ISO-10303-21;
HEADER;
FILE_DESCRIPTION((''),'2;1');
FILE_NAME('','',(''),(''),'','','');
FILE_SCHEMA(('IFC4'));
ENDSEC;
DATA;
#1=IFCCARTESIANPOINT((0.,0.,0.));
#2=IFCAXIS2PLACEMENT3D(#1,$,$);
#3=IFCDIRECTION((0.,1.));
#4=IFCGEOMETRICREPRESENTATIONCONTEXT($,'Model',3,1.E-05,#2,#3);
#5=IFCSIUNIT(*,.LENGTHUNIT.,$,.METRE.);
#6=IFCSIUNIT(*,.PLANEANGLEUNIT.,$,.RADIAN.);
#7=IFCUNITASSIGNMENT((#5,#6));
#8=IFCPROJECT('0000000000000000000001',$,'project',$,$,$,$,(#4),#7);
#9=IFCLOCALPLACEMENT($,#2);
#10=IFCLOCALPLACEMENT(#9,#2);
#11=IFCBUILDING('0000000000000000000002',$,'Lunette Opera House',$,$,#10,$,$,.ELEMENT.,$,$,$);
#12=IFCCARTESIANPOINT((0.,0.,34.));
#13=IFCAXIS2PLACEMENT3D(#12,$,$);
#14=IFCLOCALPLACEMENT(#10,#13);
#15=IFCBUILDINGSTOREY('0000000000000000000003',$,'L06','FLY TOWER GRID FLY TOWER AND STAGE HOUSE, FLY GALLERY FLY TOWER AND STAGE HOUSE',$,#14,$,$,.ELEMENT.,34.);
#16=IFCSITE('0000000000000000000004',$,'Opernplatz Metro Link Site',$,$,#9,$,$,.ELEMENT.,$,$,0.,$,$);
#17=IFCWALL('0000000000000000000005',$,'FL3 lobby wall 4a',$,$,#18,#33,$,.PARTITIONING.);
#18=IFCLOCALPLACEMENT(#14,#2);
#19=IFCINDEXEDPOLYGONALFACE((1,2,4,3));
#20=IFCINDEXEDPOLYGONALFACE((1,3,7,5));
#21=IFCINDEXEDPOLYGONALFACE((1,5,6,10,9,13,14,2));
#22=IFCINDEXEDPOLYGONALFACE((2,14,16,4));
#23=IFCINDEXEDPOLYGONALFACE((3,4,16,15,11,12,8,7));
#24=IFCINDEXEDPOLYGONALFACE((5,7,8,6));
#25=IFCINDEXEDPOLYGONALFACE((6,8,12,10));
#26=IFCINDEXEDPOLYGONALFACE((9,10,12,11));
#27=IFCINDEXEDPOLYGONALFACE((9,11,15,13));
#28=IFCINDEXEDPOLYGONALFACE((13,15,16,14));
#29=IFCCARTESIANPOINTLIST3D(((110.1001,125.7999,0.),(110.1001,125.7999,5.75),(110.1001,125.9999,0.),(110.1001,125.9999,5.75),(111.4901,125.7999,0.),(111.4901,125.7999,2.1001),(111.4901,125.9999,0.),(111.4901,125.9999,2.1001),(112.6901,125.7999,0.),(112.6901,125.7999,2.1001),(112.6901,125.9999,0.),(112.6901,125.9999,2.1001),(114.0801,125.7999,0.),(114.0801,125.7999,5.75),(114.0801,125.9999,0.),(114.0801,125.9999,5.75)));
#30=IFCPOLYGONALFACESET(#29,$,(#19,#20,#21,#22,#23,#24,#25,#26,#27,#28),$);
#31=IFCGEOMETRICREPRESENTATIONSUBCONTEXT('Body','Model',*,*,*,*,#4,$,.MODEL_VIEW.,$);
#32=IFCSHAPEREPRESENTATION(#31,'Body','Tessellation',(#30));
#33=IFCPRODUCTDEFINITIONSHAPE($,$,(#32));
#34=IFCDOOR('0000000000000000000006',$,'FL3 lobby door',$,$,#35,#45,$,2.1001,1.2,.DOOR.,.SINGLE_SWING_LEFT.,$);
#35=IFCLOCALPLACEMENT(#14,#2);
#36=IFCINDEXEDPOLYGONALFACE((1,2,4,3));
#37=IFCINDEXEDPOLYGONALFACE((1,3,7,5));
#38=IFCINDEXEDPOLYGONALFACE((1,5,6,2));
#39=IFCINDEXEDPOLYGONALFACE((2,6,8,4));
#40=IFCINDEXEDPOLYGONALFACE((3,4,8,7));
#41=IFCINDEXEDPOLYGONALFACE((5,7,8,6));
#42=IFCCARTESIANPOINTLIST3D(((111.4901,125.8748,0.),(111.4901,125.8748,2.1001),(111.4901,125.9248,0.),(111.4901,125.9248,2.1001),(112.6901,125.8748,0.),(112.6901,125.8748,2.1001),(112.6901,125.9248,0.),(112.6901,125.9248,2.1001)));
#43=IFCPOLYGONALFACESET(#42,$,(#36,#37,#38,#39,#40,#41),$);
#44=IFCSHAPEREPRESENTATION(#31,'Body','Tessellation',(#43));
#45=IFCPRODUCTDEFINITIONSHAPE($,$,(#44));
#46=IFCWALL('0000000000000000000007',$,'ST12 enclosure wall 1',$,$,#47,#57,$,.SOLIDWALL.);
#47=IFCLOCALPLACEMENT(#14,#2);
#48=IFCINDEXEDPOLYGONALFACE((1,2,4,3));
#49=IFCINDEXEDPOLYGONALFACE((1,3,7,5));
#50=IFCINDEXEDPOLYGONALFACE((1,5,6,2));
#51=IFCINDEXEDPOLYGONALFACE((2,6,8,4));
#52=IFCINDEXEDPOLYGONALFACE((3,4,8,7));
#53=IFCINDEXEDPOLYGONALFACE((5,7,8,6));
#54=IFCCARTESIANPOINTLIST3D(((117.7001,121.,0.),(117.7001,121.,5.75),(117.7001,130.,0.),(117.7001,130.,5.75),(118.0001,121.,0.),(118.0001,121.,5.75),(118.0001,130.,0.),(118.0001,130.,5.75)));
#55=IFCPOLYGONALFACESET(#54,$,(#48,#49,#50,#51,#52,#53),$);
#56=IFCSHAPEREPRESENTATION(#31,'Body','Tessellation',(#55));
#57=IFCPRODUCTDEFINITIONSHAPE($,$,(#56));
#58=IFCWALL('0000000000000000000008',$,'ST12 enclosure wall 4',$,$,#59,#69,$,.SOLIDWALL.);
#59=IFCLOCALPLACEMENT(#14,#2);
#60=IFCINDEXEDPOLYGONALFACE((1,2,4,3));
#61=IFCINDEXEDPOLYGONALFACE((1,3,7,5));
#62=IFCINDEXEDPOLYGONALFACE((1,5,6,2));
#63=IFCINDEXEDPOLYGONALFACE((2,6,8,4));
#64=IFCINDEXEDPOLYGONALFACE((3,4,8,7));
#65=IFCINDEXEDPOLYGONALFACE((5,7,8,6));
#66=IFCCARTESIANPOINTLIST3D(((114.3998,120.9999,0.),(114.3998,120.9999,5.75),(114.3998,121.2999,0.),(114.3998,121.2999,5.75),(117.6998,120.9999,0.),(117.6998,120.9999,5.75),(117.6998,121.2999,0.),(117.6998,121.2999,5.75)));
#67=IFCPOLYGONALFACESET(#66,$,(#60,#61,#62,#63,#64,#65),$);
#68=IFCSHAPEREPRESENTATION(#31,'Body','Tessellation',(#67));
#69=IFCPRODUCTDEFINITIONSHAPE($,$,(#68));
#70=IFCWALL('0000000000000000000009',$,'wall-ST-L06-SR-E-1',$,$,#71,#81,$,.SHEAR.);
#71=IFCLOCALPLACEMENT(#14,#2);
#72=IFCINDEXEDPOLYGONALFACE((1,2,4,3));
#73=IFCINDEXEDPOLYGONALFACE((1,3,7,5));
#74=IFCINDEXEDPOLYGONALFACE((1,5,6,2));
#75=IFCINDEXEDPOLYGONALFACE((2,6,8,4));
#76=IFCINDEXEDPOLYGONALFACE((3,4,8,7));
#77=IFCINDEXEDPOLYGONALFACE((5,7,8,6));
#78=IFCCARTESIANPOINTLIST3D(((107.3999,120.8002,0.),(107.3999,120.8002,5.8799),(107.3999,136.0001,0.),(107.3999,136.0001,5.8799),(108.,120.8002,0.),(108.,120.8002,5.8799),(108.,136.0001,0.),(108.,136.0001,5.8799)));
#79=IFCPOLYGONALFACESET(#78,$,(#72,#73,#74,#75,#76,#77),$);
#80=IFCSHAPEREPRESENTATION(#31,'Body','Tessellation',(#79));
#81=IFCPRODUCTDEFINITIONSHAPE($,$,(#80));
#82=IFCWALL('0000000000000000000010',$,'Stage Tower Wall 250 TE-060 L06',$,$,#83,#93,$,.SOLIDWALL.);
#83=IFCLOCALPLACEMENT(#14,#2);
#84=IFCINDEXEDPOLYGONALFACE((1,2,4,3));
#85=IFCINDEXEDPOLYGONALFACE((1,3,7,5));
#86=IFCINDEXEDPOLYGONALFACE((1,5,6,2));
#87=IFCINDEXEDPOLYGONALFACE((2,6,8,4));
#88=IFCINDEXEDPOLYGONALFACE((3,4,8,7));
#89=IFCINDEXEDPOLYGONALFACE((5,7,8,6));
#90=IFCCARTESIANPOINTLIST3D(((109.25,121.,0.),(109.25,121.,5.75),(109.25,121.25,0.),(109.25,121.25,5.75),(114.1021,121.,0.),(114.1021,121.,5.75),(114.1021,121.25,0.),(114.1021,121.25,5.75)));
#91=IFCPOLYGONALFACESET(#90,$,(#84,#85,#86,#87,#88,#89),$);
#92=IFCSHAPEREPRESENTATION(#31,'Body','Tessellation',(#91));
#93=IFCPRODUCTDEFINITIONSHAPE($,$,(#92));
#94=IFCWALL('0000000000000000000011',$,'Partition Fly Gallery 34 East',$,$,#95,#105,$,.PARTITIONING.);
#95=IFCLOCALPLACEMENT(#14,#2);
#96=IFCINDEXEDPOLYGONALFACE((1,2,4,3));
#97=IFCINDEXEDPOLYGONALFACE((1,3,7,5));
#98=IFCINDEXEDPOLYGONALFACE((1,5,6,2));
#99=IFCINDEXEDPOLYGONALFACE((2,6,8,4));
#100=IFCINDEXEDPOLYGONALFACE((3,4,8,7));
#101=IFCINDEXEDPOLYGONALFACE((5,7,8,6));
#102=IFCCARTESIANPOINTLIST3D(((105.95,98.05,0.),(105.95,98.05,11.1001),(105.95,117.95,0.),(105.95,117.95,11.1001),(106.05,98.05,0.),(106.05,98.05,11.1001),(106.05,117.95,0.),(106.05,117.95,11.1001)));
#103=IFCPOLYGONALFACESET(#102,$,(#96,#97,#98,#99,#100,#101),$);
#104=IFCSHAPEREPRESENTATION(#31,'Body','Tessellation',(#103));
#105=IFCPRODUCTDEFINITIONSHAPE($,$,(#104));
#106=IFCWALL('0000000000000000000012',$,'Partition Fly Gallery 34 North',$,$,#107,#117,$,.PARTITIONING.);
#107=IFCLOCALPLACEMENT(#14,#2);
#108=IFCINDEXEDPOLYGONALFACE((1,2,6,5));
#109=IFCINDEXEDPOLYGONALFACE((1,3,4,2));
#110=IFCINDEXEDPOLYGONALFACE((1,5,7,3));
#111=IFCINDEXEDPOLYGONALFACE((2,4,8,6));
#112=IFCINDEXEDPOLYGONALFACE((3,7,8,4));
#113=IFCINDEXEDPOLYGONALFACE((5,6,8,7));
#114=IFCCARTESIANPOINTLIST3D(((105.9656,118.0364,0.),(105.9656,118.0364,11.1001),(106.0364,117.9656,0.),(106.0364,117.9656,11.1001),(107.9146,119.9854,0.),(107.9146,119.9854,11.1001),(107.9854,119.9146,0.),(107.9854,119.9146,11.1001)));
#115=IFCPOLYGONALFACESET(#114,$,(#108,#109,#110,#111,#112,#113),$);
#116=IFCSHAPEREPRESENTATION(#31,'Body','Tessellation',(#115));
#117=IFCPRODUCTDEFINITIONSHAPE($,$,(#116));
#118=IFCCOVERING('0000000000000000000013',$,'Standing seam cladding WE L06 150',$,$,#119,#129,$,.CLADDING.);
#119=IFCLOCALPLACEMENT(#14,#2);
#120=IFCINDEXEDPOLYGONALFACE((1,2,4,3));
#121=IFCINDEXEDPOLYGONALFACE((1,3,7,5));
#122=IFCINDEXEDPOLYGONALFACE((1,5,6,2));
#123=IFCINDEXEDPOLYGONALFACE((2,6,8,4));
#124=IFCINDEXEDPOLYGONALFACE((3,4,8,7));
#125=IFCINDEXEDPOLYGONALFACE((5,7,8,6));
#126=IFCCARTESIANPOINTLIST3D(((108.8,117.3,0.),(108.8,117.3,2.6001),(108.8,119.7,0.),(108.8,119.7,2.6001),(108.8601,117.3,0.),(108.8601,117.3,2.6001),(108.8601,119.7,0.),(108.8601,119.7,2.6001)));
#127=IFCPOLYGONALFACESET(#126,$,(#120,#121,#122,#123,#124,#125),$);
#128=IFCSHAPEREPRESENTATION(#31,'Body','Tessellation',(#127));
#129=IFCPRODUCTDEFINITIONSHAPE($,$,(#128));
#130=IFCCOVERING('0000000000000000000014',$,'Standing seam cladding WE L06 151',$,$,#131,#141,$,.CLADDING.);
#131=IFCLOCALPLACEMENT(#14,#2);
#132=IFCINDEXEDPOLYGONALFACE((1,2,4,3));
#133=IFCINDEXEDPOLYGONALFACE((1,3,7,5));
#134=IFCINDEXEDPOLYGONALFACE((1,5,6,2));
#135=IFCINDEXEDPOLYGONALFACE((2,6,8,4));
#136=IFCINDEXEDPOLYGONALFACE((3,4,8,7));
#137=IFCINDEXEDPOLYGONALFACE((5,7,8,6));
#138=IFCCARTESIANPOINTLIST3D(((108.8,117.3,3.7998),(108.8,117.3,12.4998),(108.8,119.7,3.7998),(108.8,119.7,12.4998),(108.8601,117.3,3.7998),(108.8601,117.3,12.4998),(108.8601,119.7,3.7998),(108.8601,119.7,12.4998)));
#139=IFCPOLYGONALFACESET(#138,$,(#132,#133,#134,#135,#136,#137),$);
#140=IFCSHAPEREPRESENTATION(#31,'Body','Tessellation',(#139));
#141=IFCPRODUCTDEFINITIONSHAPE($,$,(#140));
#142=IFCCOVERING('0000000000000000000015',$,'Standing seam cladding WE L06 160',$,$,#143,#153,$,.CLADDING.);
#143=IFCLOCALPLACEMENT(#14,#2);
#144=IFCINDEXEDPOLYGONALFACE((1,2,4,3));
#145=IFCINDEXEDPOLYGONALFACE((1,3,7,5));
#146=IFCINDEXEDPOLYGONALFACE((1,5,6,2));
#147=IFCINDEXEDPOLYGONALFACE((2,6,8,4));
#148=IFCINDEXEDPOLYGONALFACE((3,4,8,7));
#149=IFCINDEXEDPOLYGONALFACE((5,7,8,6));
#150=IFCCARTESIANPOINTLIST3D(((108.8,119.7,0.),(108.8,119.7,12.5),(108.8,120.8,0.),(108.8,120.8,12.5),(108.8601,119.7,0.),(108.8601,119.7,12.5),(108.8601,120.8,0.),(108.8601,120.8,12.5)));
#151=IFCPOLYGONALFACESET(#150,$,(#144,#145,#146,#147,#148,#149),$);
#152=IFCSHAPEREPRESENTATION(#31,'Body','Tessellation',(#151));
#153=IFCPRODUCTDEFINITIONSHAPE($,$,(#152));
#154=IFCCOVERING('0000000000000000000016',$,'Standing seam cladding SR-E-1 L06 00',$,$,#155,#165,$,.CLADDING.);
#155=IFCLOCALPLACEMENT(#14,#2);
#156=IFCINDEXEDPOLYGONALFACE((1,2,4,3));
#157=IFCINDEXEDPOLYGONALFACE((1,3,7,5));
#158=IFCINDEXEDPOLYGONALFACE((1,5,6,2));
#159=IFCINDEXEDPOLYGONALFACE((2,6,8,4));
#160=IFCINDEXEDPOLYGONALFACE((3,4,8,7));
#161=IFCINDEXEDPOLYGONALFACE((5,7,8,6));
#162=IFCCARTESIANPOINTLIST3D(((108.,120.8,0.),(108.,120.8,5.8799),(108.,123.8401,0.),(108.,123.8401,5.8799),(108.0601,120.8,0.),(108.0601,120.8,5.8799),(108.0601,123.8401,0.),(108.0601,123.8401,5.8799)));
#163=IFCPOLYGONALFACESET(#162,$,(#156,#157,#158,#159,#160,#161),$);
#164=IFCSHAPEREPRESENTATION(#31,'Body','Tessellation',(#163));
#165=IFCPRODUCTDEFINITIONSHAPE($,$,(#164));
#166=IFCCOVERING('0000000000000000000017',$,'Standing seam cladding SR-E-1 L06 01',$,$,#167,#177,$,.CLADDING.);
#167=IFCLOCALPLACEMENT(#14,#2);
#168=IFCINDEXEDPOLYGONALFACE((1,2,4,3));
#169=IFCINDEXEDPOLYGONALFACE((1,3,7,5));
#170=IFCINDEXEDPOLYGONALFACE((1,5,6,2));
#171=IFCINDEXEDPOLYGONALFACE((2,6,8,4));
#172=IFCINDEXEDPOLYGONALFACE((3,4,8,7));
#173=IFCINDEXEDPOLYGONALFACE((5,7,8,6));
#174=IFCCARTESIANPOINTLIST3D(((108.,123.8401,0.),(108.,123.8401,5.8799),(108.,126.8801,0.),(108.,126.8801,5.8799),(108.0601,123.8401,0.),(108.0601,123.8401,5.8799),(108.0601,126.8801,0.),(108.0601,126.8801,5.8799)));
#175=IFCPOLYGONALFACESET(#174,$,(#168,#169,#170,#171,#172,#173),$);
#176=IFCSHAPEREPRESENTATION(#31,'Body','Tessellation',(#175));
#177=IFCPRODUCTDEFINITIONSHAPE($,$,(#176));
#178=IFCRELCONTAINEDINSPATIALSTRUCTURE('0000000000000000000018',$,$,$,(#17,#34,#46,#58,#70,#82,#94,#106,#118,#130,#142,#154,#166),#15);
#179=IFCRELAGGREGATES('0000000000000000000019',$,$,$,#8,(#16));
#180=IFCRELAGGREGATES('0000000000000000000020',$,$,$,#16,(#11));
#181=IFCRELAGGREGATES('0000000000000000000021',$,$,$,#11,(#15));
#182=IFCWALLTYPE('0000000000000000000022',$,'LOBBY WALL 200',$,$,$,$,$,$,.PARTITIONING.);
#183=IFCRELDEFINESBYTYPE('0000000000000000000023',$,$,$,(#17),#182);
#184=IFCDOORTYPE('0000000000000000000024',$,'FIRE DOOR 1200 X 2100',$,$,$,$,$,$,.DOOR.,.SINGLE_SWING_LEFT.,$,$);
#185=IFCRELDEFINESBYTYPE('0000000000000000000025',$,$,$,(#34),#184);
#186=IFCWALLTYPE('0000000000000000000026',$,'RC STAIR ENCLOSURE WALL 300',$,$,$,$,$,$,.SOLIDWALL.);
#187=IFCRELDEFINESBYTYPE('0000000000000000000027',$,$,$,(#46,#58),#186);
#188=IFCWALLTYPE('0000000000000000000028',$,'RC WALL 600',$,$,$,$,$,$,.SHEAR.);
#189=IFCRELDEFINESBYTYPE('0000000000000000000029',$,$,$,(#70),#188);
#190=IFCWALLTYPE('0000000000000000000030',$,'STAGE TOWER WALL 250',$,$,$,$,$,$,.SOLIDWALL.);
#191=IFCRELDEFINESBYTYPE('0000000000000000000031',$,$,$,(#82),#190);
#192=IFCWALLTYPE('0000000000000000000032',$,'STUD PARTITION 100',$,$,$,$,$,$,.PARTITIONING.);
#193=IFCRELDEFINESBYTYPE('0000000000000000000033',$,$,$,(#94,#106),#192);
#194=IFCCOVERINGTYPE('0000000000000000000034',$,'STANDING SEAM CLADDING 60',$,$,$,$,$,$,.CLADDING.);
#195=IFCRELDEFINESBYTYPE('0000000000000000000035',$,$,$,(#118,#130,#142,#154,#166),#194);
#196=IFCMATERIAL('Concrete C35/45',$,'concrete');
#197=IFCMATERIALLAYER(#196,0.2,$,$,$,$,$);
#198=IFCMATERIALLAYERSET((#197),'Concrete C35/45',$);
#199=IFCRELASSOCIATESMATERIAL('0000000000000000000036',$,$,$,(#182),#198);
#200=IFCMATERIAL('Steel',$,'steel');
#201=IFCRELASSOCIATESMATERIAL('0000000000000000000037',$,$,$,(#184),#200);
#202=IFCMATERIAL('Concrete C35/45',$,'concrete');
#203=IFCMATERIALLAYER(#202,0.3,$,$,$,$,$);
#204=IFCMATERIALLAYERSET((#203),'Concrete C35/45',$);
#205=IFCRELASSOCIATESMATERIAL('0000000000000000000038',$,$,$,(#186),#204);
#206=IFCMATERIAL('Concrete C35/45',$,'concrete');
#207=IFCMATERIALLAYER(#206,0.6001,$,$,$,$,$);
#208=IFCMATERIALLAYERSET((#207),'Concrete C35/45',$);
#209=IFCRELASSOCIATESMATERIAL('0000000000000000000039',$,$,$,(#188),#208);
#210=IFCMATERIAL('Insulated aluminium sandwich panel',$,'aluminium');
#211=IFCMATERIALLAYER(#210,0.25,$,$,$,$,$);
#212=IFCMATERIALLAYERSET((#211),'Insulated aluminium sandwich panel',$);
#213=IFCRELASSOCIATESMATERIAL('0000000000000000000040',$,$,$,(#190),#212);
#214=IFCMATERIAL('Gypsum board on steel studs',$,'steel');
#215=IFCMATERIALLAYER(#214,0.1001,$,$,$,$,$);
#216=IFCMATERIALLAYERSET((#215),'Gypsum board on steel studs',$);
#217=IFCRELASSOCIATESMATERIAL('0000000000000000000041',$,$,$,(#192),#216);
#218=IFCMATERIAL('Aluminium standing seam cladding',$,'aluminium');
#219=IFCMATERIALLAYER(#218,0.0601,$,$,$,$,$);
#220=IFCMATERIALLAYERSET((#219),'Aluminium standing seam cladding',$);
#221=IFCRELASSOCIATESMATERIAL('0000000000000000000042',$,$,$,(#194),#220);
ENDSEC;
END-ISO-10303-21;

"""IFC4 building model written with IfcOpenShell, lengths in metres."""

from ifc_helpers import new_model, si_unit, direction, frame, frame_2d, origin, origin_2d, place, context, subcontext, project, spatial, rectangle, extrude, material, layer, layer_set, type_object, element, fill, save


model = new_model("IFC4")

# Units and contexts
model_context = context("Model", 3, precision=1e-05, world=origin(), true_north=direction((0.0, 1.0)))
body_context = subcontext(model_context, "Body", "Model", "MODEL_VIEW")
ifc_project = project(units=[si_unit("LENGTHUNIT", "METRE"), si_unit("PLANEANGLEUNIT", "RADIAN")], contexts=[model_context])

# Site, building, storey
site_placement = place(None, origin())
site = spatial("IfcSite", under=ifc_project, at=site_placement, Name="Opernplatz Metro Link Site", CompositionType="ELEMENT", RefElevation=0.0)
building_placement = place(site_placement, origin())
building = spatial("IfcBuilding", under=site, at=building_placement, Name="Lunette Opera House", CompositionType="ELEMENT")
storey_placement = place(building_placement, frame((0.0, 0.0, 34.0)))
storey = spatial("IfcBuildingStorey", under=building, at=storey_placement, Name="L06", Description="FLY TOWER GRID FLY TOWER AND STAGE HOUSE, FLY GALLERY FLY TOWER AND STAGE HOUSE", CompositionType="ELEMENT", Elevation=34.0)

# Wall, opening, door
ifc_material_1 = material(Name="Concrete C35/45", Category="concrete")
ifc_layer_1 = layer(ifc_material_1, 0.2)
ifc_layer_set_1 = layer_set([ifc_layer_1], Name="Concrete C35/45")
wall_type_1 = type_object("IfcWallType", Name="LOBBY WALL 200", PredefinedType="PARTITIONING", material=ifc_layer_set_1)
wall_1_placement = place(storey_placement, frame((110.1001, 125.8999, 0.0), z_axis=(0.0, 0.0, 1.0), x_axis=(1.0, 0.0, 0.0)))
wall_1 = element("IfcWall", 1, at=wall_1_placement, inside=storey, type_object=wall_type_1, Name="FL3 lobby wall 4a", PredefinedType="PARTITIONING", context=body_context, shape_type="SweptSolid", body=[
    extrude(rectangle(XDim=3.98, YDim=0.2, at=frame_2d((1.99, 0.0))), origin(), (0.0, 0.0, 1.0), 5.75),
])
opening_placement = place(wall_1_placement, frame((1.3899, 0.0, 0.0)))
opening = element("IfcOpeningElement", 2, at=opening_placement, cuts=wall_1, PredefinedType="OPENING", context=body_context, shape_type="SweptSolid", body=[
    extrude(rectangle(XDim=1.2, YDim=2.1001, at=frame_2d((0.6001, 1.05))), frame((0.0, 0.1121, 0.0), z_axis=(0.0, -1.0, 0.0), x_axis=(1.0, 0.0, 0.0)), (0.0, 0.0, 1.0), 0.2239),
])
ifc_material_2 = material(Name="Steel", Category="steel")
door_type = type_object("IfcDoorType", Name="FIRE DOOR 1200 X 2100", OperationType="SINGLE_SWING_LEFT", PredefinedType="DOOR", material=ifc_material_2)
door_placement = place(opening_placement, origin())
door = element("IfcDoor", 3, at=door_placement, inside=storey, type_object=door_type, Name="FL3 lobby door", OperationType="SINGLE_SWING_LEFT", OverallHeight=2.1001, OverallWidth=1.2, PredefinedType="DOOR", context=body_context, shape_type="SweptSolid", body=[
    extrude(rectangle(XDim=1.2, YDim=2.1001, at=frame_2d((0.6001, 1.05))), frame((0.0, 0.0249, 0.0), z_axis=(0.0, -1.0, 0.0), x_axis=(1.0, 0.0, 0.0)), (0.0, 0.0, 1.0), 0.05),
])
fill(opening, door)

# Walls
ifc_material_3 = material(Name="Concrete C35/45", Category="concrete")
ifc_layer_2 = layer(ifc_material_3, 0.3)
ifc_layer_set_2 = layer_set([ifc_layer_2], Name="Concrete C35/45")
wall_type_2 = type_object("IfcWallType", Name="RC STAIR ENCLOSURE WALL 300", PredefinedType="SOLIDWALL", material=ifc_layer_set_2)
wall_2_placement = place(storey_placement, frame((117.8501, 121.0, 0.0), z_axis=(0.0, 0.0, 1.0), x_axis=(0.0, 1.0, 0.0)))
element("IfcWall", 4, at=wall_2_placement, inside=storey, type_object=wall_type_2, Name="ST12 enclosure wall 1", PredefinedType="SOLIDWALL", context=body_context, shape_type="SweptSolid", body=[
    extrude(rectangle(XDim=9.0, YDim=0.3, at=frame_2d((4.5, 0.0))), origin(), (0.0, 0.0, 1.0), 5.75),
])
wall_3_placement = place(storey_placement, frame((114.3999, 121.1499, 0.0), z_axis=(0.0, 0.0, 1.0), x_axis=(1.0, 0.0, 0.0)))
element("IfcWall", 5, at=wall_3_placement, inside=storey, type_object=wall_type_2, Name="ST12 enclosure wall 4", PredefinedType="SOLIDWALL", context=body_context, shape_type="SweptSolid", body=[
    extrude(rectangle(XDim=3.3, YDim=0.3, at=frame_2d((1.6499, 0.0))), origin(), (0.0, 0.0, 1.0), 5.75),
])
ifc_material_4 = material(Name="Concrete C35/45", Category="concrete")
ifc_layer_3 = layer(ifc_material_4, 0.6001)
ifc_layer_set_3 = layer_set([ifc_layer_3], Name="Concrete C35/45")
wall_type_3 = type_object("IfcWallType", Name="RC WALL 600", PredefinedType="SHEAR", material=ifc_layer_set_3)
wall_4_placement = place(storey_placement, frame((107.7, 120.8, 0.0), z_axis=(0.0, 0.0, 1.0), x_axis=(0.0, 1.0, 0.0)))
element("IfcWall", 6, at=wall_4_placement, inside=storey, type_object=wall_type_3, Name="wall-ST-L06-SR-E-1", PredefinedType="SHEAR", context=body_context, shape_type="SweptSolid", body=[
    extrude(rectangle(XDim=15.2, YDim=0.6001, at=frame_2d((7.6001, 0.0))), origin(), (0.0, 0.0, 1.0), 5.8799),
])
ifc_material_5 = material(Name="Insulated aluminium sandwich panel", Category="aluminium")
ifc_layer_4 = layer(ifc_material_5, 0.25)
ifc_layer_set_4 = layer_set([ifc_layer_4], Name="Insulated aluminium sandwich panel")
wall_type_4 = type_object("IfcWallType", Name="STAGE TOWER WALL 250", PredefinedType="SOLIDWALL", material=ifc_layer_set_4)
wall_5_placement = place(storey_placement, frame((109.25, 121.125, 0.0), z_axis=(0.0, 0.0, 1.0), x_axis=(1.0, 0.0, 0.0)))
element("IfcWall", 7, at=wall_5_placement, inside=storey, type_object=wall_type_4, Name="Stage Tower Wall 250 TE-060 L06", PredefinedType="SOLIDWALL", context=body_context, shape_type="SweptSolid", body=[
    extrude(rectangle(XDim=4.8521, YDim=0.25, at=frame_2d((2.426, 0.0))), origin(), (0.0, 0.0, 1.0), 5.75),
])
ifc_material_6 = material(Name="Gypsum board on steel studs", Category="steel")
ifc_layer_5 = layer(ifc_material_6, 0.1001)
ifc_layer_set_5 = layer_set([ifc_layer_5], Name="Gypsum board on steel studs")
wall_type_5 = type_object("IfcWallType", Name="STUD PARTITION 100", PredefinedType="PARTITIONING", material=ifc_layer_set_5)
wall_6_placement = place(storey_placement, frame((106.0, 117.95, 0.0), z_axis=(0.0, 0.0, 1.0), x_axis=(0.0, -1.0, 0.0)))
element("IfcWall", 8, at=wall_6_placement, inside=storey, type_object=wall_type_5, Name="Partition Fly Gallery 34 East", PredefinedType="PARTITIONING", context=body_context, shape_type="SweptSolid", body=[
    extrude(rectangle(XDim=19.8999, YDim=0.1001, at=frame_2d((9.95, 0.0))), origin(), (0.0, 0.0, 1.0), 11.1001),
])
wall_7_placement = place(storey_placement, frame((106.001, 118.001, 0.0), z_axis=(0.0, 0.0, 1.0), x_axis=(0.707107, 0.707107, 0.0)))
element("IfcWall", 9, at=wall_7_placement, inside=storey, type_object=wall_type_5, Name="Partition Fly Gallery 34 North", PredefinedType="PARTITIONING", context=body_context, shape_type="SweptSolid", body=[
    extrude(rectangle(XDim=2.7563, YDim=0.1001, at=frame_2d((1.3782, 0.0))), origin(), (0.0, 0.0, 1.0), 11.1001),
])

# Coverings
ifc_material_7 = material(Name="Aluminium standing seam cladding", Category="aluminium")
ifc_layer_6 = layer(ifc_material_7, 0.0601)
ifc_layer_set_6 = layer_set([ifc_layer_6], Name="Aluminium standing seam cladding")
covering_type_1 = type_object("IfcCoveringType", Name="STANDING SEAM CLADDING 60", PredefinedType="CLADDING", material=ifc_layer_set_6)
covering_1_placement = place(storey_placement, frame((108.8301, 118.5, 0.0), z_axis=(0.0, 0.0, 1.0), x_axis=(0.0, 1.0, 0.0)))
element("IfcCovering", 10, at=covering_1_placement, inside=storey, type_object=covering_type_1, Name="Standing seam cladding WE L06 150", PredefinedType="CLADDING", context=body_context, shape_type="SweptSolid", body=[
    extrude(rectangle(XDim=2.3999, YDim=0.0601, at=origin_2d()), origin(), (0.0, 0.0, 1.0), 2.6001),
])
covering_2_placement = place(storey_placement, frame((108.8301, 118.5, 3.7998), z_axis=(0.0, 0.0, 1.0), x_axis=(0.0, 1.0, 0.0)))
element("IfcCovering", 11, at=covering_2_placement, inside=storey, type_object=covering_type_1, Name="Standing seam cladding WE L06 151", PredefinedType="CLADDING", context=body_context, shape_type="SweptSolid", body=[
    extrude(rectangle(XDim=2.3999, YDim=0.0601, at=origin_2d()), origin(), (0.0, 0.0, 1.0), 8.7),
])
covering_3_placement = place(storey_placement, frame((108.8301, 120.25, 0.0), z_axis=(0.0, 0.0, 1.0), x_axis=(0.0, 1.0, 0.0)))
element("IfcCovering", 12, at=covering_3_placement, inside=storey, type_object=covering_type_1, Name="Standing seam cladding WE L06 160", PredefinedType="CLADDING", context=body_context, shape_type="SweptSolid", body=[
    extrude(rectangle(XDim=1.1001, YDim=0.0601, at=origin_2d()), origin(), (0.0, 0.0, 1.0), 12.5),
])
for number, where, z_axis, x_axis, name in (
    (13, (108.03, 122.3201, 0.0), (0.0, 0.0, 1.0), (0.0, 1.0, 0.0), "Standing seam cladding SR-E-1 L06 00"),
    (14, (108.03, 125.3601, 0.0), (0.0, 0.0, 1.0), (0.0, 1.0, 0.0), "Standing seam cladding SR-E-1 L06 01"),
):
    element("IfcCovering", number, at=place(storey_placement, frame(where, z_axis=z_axis, x_axis=x_axis)), inside=storey, type_object=covering_type_1, Name=name, PredefinedType="CLADDING", context=body_context, shape_type="SweptSolid", body=[
        extrude(rectangle(XDim=3.04, YDim=0.0601, at=origin_2d()), origin(), (0.0, 0.0, 1.0), 5.8799),
    ])

save(model, "model.ifc")
